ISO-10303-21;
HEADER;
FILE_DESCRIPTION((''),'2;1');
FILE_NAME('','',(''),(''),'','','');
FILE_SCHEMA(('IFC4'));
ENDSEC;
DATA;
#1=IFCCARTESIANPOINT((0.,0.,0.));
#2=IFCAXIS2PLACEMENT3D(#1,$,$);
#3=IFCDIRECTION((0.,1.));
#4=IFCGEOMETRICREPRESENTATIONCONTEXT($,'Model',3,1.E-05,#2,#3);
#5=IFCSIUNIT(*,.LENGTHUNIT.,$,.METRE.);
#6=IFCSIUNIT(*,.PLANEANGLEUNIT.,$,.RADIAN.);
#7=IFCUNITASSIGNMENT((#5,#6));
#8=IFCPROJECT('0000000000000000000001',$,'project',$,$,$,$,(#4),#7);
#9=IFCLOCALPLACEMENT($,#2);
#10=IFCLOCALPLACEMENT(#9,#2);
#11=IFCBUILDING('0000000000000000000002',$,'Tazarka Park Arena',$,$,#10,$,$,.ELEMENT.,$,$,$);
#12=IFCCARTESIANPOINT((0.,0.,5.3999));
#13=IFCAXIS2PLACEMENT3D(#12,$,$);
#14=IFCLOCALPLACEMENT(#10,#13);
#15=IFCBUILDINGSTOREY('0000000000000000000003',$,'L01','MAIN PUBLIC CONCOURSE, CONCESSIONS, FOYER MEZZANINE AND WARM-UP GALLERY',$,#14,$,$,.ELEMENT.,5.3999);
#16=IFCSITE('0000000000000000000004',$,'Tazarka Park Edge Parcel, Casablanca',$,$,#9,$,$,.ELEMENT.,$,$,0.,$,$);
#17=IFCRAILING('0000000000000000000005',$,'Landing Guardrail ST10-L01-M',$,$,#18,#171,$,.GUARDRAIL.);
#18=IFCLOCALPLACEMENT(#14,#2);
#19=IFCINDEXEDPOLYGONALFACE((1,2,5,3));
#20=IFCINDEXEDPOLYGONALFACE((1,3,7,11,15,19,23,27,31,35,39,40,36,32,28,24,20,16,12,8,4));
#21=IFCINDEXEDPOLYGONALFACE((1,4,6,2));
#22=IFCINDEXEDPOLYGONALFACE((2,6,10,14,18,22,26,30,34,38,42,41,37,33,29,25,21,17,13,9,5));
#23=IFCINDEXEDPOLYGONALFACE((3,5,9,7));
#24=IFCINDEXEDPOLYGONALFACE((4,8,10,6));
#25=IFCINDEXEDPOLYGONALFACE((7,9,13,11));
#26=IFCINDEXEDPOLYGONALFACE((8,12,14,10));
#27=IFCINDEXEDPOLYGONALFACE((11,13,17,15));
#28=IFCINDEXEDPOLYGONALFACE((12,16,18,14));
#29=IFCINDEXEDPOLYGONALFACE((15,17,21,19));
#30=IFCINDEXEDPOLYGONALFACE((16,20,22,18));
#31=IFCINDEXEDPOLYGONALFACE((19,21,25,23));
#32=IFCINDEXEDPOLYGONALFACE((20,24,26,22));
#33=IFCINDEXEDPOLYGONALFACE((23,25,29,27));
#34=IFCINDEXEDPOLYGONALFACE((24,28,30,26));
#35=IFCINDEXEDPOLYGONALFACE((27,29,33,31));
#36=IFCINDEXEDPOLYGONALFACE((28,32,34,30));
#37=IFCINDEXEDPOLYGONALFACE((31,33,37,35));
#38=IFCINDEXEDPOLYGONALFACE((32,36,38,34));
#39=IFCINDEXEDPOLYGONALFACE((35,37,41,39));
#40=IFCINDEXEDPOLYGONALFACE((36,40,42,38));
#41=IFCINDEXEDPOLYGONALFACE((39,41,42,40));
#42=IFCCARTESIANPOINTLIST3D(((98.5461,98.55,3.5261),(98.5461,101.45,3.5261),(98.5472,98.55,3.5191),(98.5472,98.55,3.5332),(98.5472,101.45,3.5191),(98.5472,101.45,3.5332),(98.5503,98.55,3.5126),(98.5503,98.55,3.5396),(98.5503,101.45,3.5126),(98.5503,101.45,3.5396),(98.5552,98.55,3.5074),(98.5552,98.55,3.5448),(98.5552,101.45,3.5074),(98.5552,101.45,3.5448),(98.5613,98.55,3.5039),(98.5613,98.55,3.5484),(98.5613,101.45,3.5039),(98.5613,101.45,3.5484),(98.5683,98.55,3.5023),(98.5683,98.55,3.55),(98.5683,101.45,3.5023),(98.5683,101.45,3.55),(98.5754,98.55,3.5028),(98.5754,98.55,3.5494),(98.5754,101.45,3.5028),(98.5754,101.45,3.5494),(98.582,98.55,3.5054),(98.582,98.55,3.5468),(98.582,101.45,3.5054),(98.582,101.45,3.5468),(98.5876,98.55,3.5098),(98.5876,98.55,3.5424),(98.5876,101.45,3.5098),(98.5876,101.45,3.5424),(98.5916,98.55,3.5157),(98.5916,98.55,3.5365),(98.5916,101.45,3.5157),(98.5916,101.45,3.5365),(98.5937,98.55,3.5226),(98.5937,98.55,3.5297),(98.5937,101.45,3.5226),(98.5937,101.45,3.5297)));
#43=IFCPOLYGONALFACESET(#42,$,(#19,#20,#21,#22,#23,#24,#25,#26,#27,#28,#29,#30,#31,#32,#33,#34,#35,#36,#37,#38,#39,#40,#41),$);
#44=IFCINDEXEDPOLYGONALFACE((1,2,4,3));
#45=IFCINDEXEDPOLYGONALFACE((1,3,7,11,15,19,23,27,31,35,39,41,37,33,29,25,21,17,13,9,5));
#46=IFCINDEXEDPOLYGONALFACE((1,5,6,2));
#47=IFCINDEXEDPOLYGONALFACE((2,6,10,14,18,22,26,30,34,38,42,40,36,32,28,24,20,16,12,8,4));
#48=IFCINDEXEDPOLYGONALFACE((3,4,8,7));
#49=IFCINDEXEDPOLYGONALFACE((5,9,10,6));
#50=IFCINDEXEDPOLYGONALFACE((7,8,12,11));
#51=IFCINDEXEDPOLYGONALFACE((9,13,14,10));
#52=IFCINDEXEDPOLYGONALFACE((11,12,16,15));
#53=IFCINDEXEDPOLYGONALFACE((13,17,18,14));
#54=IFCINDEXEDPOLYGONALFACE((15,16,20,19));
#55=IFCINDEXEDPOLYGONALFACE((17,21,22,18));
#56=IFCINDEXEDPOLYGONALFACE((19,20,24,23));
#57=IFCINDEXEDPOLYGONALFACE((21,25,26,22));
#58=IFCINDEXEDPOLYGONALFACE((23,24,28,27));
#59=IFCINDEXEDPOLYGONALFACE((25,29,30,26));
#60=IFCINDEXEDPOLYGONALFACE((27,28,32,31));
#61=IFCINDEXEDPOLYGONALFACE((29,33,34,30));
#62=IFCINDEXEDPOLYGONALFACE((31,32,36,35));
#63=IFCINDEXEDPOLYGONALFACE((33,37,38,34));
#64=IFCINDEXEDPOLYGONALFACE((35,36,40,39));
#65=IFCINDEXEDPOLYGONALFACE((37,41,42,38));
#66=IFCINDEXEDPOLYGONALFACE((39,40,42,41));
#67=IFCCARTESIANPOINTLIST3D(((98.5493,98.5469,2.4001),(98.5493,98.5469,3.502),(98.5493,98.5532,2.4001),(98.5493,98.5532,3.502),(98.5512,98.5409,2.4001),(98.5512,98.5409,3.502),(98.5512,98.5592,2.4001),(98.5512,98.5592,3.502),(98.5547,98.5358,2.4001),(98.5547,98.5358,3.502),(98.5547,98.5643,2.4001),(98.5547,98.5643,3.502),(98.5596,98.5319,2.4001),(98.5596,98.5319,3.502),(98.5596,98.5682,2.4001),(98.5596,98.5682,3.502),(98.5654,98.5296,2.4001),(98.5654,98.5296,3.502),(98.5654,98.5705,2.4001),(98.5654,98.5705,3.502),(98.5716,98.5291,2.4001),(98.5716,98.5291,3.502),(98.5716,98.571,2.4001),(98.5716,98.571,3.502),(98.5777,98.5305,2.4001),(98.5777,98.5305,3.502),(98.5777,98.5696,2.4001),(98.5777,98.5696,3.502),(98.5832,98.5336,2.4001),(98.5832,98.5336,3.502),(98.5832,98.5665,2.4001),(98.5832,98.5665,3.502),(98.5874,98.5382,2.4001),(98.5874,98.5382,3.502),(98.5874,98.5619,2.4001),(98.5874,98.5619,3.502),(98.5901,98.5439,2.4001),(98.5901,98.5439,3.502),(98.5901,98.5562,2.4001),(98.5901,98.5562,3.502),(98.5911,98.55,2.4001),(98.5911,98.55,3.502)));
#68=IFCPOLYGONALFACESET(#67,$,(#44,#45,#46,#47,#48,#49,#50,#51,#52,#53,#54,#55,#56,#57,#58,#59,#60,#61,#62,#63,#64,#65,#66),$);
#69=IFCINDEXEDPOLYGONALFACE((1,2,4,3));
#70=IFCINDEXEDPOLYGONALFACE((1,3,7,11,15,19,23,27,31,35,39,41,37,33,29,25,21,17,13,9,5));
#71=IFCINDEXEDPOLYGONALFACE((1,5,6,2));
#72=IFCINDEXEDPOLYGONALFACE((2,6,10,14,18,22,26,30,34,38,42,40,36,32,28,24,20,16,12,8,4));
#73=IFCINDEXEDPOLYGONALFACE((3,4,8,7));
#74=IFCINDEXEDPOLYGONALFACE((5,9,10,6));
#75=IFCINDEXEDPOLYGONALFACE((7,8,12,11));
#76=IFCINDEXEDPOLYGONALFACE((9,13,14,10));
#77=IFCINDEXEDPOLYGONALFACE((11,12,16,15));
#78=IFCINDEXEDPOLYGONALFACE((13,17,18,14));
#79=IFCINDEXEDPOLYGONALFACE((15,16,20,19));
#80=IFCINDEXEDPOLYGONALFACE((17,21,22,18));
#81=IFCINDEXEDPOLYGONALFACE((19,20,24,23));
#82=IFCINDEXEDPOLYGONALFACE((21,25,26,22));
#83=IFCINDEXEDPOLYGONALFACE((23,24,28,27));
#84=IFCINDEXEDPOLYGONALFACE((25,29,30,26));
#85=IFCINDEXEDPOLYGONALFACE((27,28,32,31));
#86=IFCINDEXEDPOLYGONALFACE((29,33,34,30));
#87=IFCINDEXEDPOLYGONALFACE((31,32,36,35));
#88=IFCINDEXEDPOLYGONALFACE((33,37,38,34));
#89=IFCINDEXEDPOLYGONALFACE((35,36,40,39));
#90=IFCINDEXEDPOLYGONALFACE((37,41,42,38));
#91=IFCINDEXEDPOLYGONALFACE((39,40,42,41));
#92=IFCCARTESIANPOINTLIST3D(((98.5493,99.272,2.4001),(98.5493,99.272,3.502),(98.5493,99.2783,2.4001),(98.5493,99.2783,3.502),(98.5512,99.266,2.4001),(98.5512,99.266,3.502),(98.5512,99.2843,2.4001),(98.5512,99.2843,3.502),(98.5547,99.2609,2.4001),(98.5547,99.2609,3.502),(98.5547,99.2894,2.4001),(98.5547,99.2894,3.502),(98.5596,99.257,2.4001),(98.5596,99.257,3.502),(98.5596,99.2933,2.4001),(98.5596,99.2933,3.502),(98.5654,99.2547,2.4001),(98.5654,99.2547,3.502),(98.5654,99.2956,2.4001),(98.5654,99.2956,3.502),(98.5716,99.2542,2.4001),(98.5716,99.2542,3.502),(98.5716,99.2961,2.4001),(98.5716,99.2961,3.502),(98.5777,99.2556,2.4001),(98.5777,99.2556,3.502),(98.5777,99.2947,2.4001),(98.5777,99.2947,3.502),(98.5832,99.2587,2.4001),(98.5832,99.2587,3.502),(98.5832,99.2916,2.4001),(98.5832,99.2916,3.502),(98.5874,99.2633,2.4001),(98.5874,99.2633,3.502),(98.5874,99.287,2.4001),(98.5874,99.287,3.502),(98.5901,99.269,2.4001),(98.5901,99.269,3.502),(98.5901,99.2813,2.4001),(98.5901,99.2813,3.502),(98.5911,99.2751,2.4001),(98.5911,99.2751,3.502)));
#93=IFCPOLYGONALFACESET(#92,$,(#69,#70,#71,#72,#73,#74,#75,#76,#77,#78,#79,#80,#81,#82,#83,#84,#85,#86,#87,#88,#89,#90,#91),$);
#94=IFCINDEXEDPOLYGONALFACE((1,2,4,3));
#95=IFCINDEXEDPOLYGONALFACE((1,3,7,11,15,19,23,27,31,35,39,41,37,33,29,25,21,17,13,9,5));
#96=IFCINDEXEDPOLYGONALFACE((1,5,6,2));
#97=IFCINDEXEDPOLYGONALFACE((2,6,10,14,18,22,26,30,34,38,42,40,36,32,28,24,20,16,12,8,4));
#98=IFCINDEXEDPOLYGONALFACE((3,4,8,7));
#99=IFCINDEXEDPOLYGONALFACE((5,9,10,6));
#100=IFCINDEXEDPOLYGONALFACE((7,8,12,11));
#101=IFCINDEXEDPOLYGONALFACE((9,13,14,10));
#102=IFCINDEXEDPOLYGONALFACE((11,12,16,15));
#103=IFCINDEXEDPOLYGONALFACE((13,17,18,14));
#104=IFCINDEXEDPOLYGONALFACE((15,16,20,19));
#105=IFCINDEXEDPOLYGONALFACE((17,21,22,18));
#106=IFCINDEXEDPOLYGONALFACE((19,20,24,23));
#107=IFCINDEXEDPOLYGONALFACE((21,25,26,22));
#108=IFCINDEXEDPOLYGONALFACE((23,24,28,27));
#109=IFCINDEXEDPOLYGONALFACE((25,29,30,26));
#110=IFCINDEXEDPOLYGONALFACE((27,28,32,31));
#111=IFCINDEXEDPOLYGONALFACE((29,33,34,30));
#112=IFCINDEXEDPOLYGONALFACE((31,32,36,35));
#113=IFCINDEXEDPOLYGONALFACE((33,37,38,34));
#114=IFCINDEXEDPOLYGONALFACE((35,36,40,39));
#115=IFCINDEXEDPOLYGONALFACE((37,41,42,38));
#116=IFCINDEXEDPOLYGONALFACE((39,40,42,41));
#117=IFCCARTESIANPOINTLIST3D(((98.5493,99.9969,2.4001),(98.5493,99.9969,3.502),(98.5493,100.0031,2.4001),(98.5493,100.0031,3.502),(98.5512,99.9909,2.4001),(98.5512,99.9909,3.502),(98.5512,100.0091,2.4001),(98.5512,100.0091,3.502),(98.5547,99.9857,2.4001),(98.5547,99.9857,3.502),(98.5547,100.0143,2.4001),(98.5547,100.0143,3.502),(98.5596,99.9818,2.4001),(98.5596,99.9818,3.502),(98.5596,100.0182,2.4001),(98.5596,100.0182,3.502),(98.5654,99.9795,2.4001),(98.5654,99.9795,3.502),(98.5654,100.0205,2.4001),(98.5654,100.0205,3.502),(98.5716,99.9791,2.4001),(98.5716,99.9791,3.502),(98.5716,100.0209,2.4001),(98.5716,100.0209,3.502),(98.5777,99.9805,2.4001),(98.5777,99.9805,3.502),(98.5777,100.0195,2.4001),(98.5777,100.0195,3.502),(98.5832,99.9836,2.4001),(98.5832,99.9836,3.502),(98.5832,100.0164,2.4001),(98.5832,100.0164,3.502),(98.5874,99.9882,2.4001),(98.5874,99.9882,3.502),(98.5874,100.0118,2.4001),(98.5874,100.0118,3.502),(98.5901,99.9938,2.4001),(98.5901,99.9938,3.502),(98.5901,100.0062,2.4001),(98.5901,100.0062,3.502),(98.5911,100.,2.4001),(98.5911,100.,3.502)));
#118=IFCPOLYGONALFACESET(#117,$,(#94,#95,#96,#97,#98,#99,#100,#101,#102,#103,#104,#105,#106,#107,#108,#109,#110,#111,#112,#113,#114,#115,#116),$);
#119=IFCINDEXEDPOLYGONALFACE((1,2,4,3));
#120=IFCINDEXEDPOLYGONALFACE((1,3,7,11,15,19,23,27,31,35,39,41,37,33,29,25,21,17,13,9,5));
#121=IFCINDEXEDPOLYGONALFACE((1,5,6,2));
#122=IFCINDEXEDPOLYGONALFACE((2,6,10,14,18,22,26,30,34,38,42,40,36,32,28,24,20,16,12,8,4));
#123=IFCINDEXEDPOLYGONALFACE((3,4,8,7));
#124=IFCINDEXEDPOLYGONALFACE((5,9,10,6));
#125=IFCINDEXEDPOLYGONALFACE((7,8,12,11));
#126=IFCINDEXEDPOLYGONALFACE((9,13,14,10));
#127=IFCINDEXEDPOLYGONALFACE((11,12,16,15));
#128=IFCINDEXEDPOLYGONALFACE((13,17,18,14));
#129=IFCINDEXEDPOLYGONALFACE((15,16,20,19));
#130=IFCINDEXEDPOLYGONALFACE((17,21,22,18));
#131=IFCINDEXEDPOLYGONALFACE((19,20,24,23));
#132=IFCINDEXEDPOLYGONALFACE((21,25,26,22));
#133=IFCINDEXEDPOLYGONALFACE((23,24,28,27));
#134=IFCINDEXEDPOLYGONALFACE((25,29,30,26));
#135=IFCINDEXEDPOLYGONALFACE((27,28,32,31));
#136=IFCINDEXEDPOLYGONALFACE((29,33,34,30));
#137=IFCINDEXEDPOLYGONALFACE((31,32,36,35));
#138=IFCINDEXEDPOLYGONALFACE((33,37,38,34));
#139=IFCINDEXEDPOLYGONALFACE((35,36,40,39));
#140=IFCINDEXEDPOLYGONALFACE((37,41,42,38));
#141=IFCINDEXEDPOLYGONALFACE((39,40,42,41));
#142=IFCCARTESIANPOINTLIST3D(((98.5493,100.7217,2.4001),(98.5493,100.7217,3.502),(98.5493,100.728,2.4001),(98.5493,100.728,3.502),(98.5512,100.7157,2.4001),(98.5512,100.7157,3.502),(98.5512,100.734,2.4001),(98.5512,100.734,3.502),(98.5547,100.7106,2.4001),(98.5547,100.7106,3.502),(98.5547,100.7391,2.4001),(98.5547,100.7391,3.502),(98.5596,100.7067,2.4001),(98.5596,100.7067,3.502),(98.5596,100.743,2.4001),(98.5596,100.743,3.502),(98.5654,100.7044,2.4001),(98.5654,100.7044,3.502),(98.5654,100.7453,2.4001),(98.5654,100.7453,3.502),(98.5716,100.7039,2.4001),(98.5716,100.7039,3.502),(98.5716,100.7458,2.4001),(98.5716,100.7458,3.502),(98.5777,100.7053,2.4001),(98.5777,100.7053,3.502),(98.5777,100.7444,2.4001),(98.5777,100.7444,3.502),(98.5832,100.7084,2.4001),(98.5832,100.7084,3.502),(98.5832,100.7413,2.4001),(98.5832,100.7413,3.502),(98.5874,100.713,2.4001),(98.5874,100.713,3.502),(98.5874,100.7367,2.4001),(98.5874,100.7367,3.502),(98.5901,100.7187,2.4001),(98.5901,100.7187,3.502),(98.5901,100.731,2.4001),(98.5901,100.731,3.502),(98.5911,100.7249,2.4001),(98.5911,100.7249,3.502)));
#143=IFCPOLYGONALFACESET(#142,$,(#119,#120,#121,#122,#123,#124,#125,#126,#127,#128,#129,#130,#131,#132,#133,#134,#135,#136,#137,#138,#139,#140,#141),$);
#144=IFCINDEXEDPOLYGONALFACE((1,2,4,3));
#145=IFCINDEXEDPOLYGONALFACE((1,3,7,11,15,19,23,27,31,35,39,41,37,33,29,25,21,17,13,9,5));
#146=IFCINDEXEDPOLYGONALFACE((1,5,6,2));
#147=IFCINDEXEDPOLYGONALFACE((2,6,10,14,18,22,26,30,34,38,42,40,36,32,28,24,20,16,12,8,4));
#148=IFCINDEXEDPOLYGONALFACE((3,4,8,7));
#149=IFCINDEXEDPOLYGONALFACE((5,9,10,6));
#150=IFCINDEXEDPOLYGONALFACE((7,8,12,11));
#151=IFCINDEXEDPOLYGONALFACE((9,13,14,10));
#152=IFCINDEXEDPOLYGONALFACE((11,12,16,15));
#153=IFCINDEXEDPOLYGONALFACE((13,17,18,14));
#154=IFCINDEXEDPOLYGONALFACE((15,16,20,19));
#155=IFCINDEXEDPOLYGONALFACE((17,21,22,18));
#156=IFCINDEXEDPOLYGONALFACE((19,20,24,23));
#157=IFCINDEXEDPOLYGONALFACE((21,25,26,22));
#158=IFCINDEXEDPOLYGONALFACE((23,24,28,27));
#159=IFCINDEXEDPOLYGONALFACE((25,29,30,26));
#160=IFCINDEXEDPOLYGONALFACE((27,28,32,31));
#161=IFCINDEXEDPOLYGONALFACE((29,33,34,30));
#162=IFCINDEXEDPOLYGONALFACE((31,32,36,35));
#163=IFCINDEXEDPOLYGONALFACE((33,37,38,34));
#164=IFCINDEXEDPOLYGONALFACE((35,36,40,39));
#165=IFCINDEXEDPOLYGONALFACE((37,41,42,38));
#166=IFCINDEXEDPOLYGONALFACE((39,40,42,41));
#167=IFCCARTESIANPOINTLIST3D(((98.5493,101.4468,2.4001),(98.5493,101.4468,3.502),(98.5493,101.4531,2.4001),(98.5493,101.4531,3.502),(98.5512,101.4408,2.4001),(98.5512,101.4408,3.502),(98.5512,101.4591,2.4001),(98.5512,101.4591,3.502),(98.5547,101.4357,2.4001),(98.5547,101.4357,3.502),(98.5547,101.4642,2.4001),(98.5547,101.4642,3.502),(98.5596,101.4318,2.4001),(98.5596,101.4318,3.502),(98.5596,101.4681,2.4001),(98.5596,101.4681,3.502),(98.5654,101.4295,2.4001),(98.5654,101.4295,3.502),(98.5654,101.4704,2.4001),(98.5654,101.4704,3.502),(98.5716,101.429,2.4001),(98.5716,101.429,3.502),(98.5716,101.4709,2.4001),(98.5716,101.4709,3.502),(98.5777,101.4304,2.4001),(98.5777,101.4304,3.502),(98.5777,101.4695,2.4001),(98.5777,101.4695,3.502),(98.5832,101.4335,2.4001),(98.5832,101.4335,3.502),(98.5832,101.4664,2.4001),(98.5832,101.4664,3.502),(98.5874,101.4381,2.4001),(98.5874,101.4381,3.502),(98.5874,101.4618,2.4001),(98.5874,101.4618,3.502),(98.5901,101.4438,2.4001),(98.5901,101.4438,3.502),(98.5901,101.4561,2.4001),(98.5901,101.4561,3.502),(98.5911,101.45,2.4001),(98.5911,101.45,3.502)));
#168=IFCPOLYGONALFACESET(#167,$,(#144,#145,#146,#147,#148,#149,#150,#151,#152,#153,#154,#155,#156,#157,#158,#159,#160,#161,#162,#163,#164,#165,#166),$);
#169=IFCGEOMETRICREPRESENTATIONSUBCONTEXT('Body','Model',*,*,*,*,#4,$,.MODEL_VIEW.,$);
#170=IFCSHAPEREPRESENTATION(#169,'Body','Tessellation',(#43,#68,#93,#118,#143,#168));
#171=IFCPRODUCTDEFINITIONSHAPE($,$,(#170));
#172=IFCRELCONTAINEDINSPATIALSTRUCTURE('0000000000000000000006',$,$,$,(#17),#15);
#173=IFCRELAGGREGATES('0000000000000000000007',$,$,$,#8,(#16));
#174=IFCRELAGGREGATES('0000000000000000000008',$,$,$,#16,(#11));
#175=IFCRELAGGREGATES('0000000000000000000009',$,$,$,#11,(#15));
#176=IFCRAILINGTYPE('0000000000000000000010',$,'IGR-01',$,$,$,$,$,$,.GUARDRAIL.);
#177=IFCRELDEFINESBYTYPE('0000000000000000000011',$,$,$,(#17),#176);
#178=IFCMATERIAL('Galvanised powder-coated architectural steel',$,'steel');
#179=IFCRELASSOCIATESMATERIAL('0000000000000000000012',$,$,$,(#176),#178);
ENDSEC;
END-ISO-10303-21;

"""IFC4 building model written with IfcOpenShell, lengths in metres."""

from ifc_helpers import new_model, si_unit, direction, frame, origin, origin_2d, place, context, subcontext, project, spatial, circle, extrude, material, type_object, element, save


model = new_model("IFC4")

# Units and contexts
model_context = context("Model", 3, precision=1e-05, world=origin(), true_north=direction((0.0, 1.0)))
body_context = subcontext(model_context, "Body", "Model", "MODEL_VIEW")
ifc_project = project(units=[si_unit("LENGTHUNIT", "METRE"), si_unit("PLANEANGLEUNIT", "RADIAN")], contexts=[model_context])

# Site, building, storey
site_placement = place(None, origin())
site = spatial("IfcSite", under=ifc_project, at=site_placement, Name="Tazarka Park Edge Parcel, Casablanca", CompositionType="ELEMENT", RefElevation=0.0)
building_placement = place(site_placement, origin())
building = spatial("IfcBuilding", under=site, at=building_placement, Name="Tazarka Park Arena", CompositionType="ELEMENT")
storey_placement = place(building_placement, frame((0.0, 0.0, 5.3999)))
storey = spatial("IfcBuildingStorey", under=building, at=storey_placement, Name="L01", Description="MAIN PUBLIC CONCOURSE, CONCESSIONS, FOYER MEZZANINE AND WARM-UP GALLERY", CompositionType="ELEMENT", Elevation=5.3999)

# Railing
ifc_material_1 = material(Name="Galvanised powder-coated architectural steel", Category="steel")
railing_type_1 = type_object("IfcRailingType", Name="IGR-01", PredefinedType="GUARDRAIL", material=ifc_material_1)
for number, where, name in (
    (1, (98.5701, 98.55, 2.4001), "Landing Guardrail ST10-L01-M"),
):
    element("IfcRailing", number, at=place(storey_placement, frame(where)), inside=storey, type_object=railing_type_1, Name=name, PredefinedType="GUARDRAIL", context=body_context, shape_type="SweptSolid", body=[
        extrude(circle(Radius=0.0239, at=origin_2d()), frame((0.0, 0.0, 1.126), z_axis=(0.0, 1.0, 0.0), x_axis=(-1.0, 0.0, 0.0)), (0.0, 0.0, 1.0), 2.8999),
        extrude(circle(Radius=0.021, at=origin_2d()), origin(), (0.0, 0.0, 1.0), 1.1018),
        extrude(circle(Radius=0.021, at=origin_2d()), frame((0.0, 0.7251, 0.0)), (0.0, 0.0, 1.0), 1.1018),
        extrude(circle(Radius=0.021, at=origin_2d()), frame((0.0, 1.45, 0.0)), (0.0, 0.0, 1.0), 1.1018),
        extrude(circle(Radius=0.021, at=origin_2d()), frame((0.0, 2.1748, 0.0)), (0.0, 0.0, 1.0), 1.1018),
        extrude(circle(Radius=0.021, at=origin_2d()), frame((0.0, 2.8999, 0.0)), (0.0, 0.0, 1.0), 1.1018),
    ])

save(model, "model.ifc")
